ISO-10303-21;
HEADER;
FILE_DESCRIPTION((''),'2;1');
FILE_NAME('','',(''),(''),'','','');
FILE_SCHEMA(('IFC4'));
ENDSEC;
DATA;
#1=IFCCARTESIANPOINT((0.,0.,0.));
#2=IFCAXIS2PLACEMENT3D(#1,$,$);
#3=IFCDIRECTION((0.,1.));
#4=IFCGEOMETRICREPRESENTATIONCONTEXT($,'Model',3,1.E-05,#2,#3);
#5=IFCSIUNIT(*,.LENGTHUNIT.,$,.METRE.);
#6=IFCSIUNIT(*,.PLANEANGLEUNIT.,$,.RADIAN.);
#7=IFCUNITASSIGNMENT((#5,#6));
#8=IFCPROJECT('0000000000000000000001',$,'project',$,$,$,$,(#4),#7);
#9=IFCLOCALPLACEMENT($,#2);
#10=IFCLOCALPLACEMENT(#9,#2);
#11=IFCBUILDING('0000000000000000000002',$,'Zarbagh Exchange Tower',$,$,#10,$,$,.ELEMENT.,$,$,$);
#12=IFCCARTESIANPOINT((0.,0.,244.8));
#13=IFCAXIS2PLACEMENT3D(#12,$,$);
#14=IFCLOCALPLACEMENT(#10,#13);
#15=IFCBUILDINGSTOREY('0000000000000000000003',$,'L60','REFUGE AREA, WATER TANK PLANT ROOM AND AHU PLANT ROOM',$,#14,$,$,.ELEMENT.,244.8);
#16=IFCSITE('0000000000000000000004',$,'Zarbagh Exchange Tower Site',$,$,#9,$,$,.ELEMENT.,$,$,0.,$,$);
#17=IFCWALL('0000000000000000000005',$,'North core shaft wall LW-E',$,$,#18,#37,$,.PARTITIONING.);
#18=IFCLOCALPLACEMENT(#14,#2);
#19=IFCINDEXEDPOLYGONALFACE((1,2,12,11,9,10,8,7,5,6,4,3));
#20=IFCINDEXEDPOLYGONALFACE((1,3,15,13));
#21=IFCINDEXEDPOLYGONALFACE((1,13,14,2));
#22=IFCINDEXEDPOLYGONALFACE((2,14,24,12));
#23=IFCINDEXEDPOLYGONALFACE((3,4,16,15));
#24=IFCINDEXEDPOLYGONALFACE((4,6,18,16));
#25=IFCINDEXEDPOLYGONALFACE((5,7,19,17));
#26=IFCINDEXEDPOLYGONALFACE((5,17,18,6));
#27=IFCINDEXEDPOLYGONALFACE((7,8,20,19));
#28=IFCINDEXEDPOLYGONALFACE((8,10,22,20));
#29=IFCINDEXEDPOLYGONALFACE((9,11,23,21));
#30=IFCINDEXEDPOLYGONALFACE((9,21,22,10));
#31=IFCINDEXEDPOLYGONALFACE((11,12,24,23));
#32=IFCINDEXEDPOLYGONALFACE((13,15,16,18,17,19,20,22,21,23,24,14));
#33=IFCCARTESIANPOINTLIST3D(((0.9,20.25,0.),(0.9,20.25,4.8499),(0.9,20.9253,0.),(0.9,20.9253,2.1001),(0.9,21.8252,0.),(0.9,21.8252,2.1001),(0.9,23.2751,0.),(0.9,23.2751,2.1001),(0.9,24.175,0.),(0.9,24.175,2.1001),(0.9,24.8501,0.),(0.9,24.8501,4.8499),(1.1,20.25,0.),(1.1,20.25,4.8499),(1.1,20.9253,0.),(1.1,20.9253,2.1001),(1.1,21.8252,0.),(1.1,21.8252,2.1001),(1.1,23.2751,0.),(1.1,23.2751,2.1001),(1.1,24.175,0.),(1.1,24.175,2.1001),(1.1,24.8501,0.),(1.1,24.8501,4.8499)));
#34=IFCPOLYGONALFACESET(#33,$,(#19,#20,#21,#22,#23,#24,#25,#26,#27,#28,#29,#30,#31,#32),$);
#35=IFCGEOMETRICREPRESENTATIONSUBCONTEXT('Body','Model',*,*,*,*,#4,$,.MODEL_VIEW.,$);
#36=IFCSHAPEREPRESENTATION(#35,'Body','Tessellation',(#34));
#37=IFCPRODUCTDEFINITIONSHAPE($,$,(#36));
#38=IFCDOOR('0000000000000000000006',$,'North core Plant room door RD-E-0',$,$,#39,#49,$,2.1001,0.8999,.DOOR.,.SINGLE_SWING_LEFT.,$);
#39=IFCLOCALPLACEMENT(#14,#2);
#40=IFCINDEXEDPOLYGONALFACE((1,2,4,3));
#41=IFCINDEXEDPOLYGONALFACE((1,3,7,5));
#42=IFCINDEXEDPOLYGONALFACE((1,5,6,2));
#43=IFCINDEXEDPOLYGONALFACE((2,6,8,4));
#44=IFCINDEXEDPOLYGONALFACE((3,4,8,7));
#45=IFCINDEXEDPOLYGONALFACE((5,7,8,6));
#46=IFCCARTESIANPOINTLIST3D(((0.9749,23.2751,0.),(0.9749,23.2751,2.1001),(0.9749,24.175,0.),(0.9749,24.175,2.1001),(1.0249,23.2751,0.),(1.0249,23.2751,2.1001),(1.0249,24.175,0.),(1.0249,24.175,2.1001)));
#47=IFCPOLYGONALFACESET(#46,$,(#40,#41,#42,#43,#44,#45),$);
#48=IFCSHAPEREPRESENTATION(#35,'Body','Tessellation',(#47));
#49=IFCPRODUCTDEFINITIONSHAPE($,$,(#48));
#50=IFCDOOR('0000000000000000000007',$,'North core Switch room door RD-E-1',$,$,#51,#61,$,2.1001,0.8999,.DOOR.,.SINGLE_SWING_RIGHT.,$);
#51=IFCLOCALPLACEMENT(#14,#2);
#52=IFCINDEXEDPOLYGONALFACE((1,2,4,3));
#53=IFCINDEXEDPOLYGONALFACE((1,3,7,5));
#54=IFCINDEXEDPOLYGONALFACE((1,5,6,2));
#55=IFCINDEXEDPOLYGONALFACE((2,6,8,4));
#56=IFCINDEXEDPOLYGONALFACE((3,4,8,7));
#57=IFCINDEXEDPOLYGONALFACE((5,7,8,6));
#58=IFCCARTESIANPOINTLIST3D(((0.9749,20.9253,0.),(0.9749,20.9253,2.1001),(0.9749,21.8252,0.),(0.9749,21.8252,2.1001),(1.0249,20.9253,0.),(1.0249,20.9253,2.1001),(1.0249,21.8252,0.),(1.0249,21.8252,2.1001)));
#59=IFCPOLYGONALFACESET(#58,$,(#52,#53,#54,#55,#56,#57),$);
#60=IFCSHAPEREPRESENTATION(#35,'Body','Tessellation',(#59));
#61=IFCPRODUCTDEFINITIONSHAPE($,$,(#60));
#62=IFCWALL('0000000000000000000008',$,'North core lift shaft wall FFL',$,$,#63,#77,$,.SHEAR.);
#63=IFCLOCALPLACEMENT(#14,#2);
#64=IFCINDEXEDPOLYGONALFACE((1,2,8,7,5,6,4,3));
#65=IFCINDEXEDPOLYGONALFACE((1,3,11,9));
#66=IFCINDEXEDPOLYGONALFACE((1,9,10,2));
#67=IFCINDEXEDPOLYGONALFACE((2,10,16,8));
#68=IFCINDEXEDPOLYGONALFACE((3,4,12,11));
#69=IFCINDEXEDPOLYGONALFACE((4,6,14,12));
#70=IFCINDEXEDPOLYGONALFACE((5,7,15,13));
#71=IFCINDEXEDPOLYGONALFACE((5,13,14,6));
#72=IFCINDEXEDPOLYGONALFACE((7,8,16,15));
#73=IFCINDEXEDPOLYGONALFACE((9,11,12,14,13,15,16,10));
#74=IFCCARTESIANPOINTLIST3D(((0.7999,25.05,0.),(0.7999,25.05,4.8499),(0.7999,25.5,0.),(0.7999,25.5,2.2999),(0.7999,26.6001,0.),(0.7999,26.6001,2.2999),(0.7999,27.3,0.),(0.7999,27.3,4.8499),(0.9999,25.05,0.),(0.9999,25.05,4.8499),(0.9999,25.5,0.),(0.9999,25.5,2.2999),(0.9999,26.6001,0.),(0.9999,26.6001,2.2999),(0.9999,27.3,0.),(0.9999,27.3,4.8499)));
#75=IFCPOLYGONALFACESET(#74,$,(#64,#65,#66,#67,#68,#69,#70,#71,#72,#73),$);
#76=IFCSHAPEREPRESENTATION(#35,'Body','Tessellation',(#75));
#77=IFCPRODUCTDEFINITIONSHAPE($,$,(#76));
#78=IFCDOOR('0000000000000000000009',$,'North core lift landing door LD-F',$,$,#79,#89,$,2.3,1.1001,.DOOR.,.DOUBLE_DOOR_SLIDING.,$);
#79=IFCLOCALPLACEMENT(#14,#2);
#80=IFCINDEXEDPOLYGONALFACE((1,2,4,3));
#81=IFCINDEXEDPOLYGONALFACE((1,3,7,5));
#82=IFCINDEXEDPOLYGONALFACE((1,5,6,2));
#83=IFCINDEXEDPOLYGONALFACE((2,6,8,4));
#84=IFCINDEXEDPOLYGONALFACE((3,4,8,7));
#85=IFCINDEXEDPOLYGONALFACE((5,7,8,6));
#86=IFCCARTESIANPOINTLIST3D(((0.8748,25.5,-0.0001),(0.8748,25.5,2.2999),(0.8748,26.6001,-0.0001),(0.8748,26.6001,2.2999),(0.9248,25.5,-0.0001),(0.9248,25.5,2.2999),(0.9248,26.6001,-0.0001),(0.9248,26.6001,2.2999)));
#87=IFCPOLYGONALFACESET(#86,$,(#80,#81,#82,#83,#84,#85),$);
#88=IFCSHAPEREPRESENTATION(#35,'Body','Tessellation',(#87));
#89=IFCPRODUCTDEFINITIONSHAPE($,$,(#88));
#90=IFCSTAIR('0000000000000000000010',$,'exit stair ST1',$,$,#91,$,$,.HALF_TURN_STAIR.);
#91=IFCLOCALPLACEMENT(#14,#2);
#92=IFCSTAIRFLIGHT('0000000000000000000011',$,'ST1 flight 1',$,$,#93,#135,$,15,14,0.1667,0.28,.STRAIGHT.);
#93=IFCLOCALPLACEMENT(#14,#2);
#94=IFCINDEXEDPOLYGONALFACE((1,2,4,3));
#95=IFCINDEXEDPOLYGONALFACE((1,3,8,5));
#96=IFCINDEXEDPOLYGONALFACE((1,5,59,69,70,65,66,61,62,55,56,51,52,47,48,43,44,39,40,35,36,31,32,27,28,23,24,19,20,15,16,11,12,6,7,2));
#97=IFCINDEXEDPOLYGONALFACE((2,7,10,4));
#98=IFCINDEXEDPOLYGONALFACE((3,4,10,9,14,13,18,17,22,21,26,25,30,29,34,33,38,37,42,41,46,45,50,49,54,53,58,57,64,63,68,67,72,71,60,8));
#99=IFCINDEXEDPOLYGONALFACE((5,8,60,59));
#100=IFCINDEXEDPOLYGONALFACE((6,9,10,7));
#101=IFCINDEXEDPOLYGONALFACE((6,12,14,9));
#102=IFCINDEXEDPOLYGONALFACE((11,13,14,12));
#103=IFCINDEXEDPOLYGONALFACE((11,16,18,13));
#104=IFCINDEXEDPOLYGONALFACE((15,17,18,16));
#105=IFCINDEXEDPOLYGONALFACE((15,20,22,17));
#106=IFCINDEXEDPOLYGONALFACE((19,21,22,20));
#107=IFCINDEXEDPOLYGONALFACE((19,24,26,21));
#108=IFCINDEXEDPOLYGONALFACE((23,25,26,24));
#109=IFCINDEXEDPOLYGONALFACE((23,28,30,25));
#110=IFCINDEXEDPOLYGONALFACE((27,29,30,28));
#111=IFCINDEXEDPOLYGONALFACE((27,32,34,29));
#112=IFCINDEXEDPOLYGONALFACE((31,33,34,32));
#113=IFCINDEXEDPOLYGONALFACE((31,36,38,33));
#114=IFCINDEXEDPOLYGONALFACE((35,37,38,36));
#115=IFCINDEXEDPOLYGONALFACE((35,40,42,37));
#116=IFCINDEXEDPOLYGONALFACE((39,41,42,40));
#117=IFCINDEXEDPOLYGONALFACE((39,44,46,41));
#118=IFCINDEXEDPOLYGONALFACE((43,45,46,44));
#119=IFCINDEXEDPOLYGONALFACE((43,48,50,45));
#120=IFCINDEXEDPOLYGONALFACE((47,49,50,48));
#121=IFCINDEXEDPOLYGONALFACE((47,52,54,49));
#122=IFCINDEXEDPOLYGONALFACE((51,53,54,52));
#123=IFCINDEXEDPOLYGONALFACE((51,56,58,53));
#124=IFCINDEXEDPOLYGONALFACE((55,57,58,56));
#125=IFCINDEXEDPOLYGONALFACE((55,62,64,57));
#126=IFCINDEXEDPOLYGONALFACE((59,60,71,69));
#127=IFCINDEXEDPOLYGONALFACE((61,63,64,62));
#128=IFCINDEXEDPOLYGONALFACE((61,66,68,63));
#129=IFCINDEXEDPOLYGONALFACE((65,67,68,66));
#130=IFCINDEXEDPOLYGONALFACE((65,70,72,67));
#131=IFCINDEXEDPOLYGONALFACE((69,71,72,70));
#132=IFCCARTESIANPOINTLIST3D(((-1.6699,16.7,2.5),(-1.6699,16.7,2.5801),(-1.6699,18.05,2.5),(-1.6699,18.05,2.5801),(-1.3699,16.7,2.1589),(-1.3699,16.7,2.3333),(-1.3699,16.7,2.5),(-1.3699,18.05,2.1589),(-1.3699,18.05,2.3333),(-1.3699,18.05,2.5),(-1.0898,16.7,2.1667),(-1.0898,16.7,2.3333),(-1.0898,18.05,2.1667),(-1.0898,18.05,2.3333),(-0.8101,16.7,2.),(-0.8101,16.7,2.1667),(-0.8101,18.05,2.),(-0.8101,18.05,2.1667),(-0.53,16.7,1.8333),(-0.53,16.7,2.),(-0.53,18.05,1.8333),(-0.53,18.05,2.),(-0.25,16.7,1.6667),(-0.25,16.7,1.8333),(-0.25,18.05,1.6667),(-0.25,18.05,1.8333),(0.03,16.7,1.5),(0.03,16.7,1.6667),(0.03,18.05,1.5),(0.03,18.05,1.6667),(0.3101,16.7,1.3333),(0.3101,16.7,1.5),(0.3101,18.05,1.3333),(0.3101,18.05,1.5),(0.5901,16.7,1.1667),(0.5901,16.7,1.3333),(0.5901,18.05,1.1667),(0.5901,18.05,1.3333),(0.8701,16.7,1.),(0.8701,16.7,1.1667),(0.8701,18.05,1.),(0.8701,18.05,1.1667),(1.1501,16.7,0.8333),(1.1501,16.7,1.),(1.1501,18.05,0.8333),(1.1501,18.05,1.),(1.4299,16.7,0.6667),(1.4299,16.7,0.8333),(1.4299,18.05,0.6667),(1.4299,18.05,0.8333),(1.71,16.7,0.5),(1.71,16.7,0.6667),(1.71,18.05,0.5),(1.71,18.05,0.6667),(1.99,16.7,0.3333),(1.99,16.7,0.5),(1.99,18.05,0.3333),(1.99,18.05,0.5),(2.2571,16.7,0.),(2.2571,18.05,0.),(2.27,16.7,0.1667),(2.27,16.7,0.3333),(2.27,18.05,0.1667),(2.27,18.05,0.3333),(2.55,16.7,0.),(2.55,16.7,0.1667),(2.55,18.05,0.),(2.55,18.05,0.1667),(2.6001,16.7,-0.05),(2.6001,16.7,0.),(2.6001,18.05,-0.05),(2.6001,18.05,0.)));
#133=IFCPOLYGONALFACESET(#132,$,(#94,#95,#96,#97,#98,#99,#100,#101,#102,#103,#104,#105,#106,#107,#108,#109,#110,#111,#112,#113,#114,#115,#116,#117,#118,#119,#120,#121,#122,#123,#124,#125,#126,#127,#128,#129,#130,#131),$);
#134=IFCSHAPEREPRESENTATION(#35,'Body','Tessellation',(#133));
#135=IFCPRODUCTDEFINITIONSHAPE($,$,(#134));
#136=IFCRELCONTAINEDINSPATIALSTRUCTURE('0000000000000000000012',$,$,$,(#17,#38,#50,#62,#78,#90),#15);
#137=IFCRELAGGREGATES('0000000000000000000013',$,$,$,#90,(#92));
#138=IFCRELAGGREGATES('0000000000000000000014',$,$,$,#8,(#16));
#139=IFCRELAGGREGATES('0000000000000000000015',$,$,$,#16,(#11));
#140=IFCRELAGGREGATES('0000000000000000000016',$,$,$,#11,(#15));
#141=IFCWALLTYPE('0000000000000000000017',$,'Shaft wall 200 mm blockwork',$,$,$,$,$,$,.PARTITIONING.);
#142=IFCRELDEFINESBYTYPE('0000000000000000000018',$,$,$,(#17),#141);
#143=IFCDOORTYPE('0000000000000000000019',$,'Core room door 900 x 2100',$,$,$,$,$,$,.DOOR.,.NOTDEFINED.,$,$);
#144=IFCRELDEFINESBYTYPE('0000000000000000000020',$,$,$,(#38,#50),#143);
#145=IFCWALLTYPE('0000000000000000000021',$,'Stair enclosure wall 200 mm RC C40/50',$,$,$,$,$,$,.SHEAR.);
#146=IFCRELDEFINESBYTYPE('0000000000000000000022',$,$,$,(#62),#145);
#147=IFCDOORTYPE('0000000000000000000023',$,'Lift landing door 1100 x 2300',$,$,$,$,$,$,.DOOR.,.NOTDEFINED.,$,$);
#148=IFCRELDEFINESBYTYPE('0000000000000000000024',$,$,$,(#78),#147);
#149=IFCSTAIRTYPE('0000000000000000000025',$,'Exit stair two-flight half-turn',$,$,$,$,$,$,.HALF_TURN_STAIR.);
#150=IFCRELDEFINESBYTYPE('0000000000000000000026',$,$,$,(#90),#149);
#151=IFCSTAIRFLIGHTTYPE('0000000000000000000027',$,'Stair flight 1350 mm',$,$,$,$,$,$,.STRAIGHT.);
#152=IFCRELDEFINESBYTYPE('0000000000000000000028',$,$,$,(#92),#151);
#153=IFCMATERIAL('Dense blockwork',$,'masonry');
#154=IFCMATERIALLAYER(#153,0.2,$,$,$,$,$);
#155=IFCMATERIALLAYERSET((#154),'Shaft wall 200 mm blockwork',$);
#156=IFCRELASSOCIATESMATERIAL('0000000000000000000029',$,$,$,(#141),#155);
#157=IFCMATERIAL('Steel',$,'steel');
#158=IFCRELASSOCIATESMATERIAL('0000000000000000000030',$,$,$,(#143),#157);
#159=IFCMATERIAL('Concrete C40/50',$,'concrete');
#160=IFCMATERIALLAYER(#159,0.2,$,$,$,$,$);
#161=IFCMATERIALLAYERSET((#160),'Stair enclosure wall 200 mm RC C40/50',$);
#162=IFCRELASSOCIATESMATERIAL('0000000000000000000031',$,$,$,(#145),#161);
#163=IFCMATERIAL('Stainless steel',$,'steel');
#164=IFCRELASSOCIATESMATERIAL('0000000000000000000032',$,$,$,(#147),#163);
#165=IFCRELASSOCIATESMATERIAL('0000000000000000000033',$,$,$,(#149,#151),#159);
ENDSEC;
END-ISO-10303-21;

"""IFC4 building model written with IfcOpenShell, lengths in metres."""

from ifc_helpers import new_model, si_unit, direction, frame, frame_2d, origin, place, context, subcontext, project, spatial, polyline, rectangle, outline, extrude, material, layer, layer_set, type_object, element, fill, aggregate, save


model = new_model("IFC4")

# Units and contexts
model_context = context("Model", 3, precision=1e-05, world=origin(), true_north=direction((0.0, 1.0)))
body_context = subcontext(model_context, "Body", "Model", "MODEL_VIEW")
ifc_project = project(units=[si_unit("LENGTHUNIT", "METRE"), si_unit("PLANEANGLEUNIT", "RADIAN")], contexts=[model_context])

# Site, building, storey
site_placement = place(None, origin())
site = spatial("IfcSite", under=ifc_project, at=site_placement, Name="Zarbagh Exchange Tower Site", CompositionType="ELEMENT", RefElevation=0.0)
building_placement = place(site_placement, origin())
building = spatial("IfcBuilding", under=site, at=building_placement, Name="Zarbagh Exchange Tower", CompositionType="ELEMENT")
storey_placement = place(building_placement, frame((0.0, 0.0, 244.8)))
storey = spatial("IfcBuildingStorey", under=building, at=storey_placement, Name="L60", Description="REFUGE AREA, WATER TANK PLANT ROOM AND AHU PLANT ROOM", CompositionType="ELEMENT", Elevation=244.8)

# Shared definitions
ifc_material_1 = material(Name="Dense blockwork", Category="masonry")
ifc_layer_1 = layer(ifc_material_1, 0.2)
ifc_layer_set_1 = layer_set([ifc_layer_1], Name="Shaft wall 200 mm blockwork")
wall_type_1 = type_object("IfcWallType", Name="Shaft wall 200 mm blockwork", PredefinedType="PARTITIONING", material=ifc_layer_set_1)

# Wall, openings, doors
wall_1_placement = place(storey_placement, frame((1.0, 24.8501, 0.0), z_axis=(0.0, 0.0, 1.0), x_axis=(0.0, -1.0, 0.0)))
wall_1 = element("IfcWall", 1, at=wall_1_placement, inside=storey, type_object=wall_type_1, Name="North core shaft wall LW-E", PredefinedType="PARTITIONING", context=body_context, shape_type="SweptSolid", body=[
    extrude(rectangle(XDim=4.6001, YDim=0.2, at=frame_2d((2.3, 0.0))), origin(), (0.0, 0.0, 1.0), 4.8499),
])
opening_1_placement = place(wall_1_placement, frame((0.675, 0.0, 0.0)))
opening_1 = element("IfcOpeningElement", 2, at=opening_1_placement, cuts=wall_1, PredefinedType="OPENING", context=body_context, shape_type="SweptSolid", body=[
    extrude(rectangle(XDim=0.8999, YDim=2.1001, at=frame_2d((0.45, 1.05))), frame((0.0, 0.1099, 0.0), z_axis=(0.0, -1.0, 0.0), x_axis=(1.0, 0.0, 0.0)), (0.0, 0.0, 1.0), 0.22),
])
opening_2_placement = place(wall_1_placement, frame((3.0249, 0.0, 0.0)))
opening_2 = element("IfcOpeningElement", 3, at=opening_2_placement, cuts=wall_1, PredefinedType="OPENING", context=body_context, shape_type="SweptSolid", body=[
    extrude(rectangle(XDim=0.8999, YDim=2.1001, at=frame_2d((0.45, 1.05))), frame((0.0, 0.1099, 0.0), z_axis=(0.0, -1.0, 0.0), x_axis=(1.0, 0.0, 0.0)), (0.0, 0.0, 1.0), 0.22),
])
ifc_material_2 = material(Name="Steel", Category="steel")
door_type_1 = type_object("IfcDoorType", Name="Core room door 900 x 2100", OperationType="NOTDEFINED", PredefinedType="DOOR", material=ifc_material_2)
door_1_placement = place(opening_1_placement, origin())
door_1 = element("IfcDoor", 4, at=door_1_placement, inside=storey, type_object=door_type_1, Name="North core Plant room door RD-E-0", OperationType="SINGLE_SWING_LEFT", OverallHeight=2.1001, OverallWidth=0.8999, PredefinedType="DOOR", context=body_context, shape_type="SweptSolid", body=[
    extrude(rectangle(XDim=0.8999, YDim=2.1001, at=frame_2d((0.45, 1.05))), frame((0.0, 0.0249, 0.0), z_axis=(0.0, -1.0, 0.0), x_axis=(1.0, 0.0, 0.0)), (0.0, 0.0, 1.0), 0.05),
])
fill(opening_1, door_1)
door_2_placement = place(opening_2_placement, origin())
door_2 = element("IfcDoor", 5, at=door_2_placement, inside=storey, type_object=door_type_1, Name="North core Switch room door RD-E-1", OperationType="SINGLE_SWING_RIGHT", OverallHeight=2.1001, OverallWidth=0.8999, PredefinedType="DOOR", context=body_context, shape_type="SweptSolid", body=[
    extrude(rectangle(XDim=0.8999, YDim=2.1001, at=frame_2d((0.45, 1.05))), frame((0.0, 0.0249, 0.0), z_axis=(0.0, -1.0, 0.0), x_axis=(1.0, 0.0, 0.0)), (0.0, 0.0, 1.0), 0.05),
])
fill(opening_2, door_2)

# Wall, opening, door
ifc_material_3 = material(Name="Concrete C40/50", Category="concrete")
ifc_layer_2 = layer(ifc_material_3, 0.2)
ifc_layer_set_2 = layer_set([ifc_layer_2], Name="Stair enclosure wall 200 mm RC C40/50")
wall_type_2 = type_object("IfcWallType", Name="Stair enclosure wall 200 mm RC C40/50", PredefinedType="SHEAR", material=ifc_layer_set_2)
wall_2_placement = place(storey_placement, frame((0.8999, 27.3, 0.0), z_axis=(0.0, 0.0, 1.0), x_axis=(0.0, -1.0, 0.0)))
wall_2 = element("IfcWall", 6, at=wall_2_placement, inside=storey, type_object=wall_type_2, Name="North core lift shaft wall FFL", PredefinedType="SHEAR", context=body_context, shape_type="SweptSolid", body=[
    extrude(rectangle(XDim=2.25, YDim=0.2, at=frame_2d((1.125, 0.0))), origin(), (0.0, 0.0, 1.0), 4.8499),
])
opening_3_placement = place(wall_2_placement, frame((0.7, 0.0, 0.0)))
opening_3 = element("IfcOpeningElement", 7, at=opening_3_placement, cuts=wall_2, PredefinedType="OPENING", context=body_context, shape_type="SweptSolid", body=[
    extrude(rectangle(XDim=1.1001, YDim=2.3, at=frame_2d((0.55, 1.1499))), frame((0.0, 0.1099, 0.0), z_axis=(0.0, -1.0, 0.0), x_axis=(1.0, 0.0, 0.0)), (0.0, 0.0, 1.0), 0.22),
])
ifc_material_4 = material(Name="Stainless steel", Category="steel")
door_type_2 = type_object("IfcDoorType", Name="Lift landing door 1100 x 2300", OperationType="NOTDEFINED", PredefinedType="DOOR", material=ifc_material_4)
door_3_placement = place(opening_3_placement, origin())
door_3 = element("IfcDoor", 8, at=door_3_placement, inside=storey, type_object=door_type_2, Name="North core lift landing door LD-F", OperationType="DOUBLE_DOOR_SLIDING", OverallHeight=2.3, OverallWidth=1.1001, PredefinedType="DOOR", context=body_context, shape_type="SweptSolid", body=[
    extrude(rectangle(XDim=1.1001, YDim=2.3, at=frame_2d((0.55, 1.1499))), frame((0.0, 0.0249, 0.0), z_axis=(0.0, -1.0, 0.0), x_axis=(1.0, 0.0, 0.0)), (0.0, 0.0, 1.0), 0.05),
])
fill(opening_3, door_3)

# Stair, stair flight
stair_type = type_object("IfcStairType", Name="Exit stair two-flight half-turn", PredefinedType="HALF_TURN_STAIR", material=ifc_material_3)
stair_placement = place(storey_placement, origin())
stair = element("IfcStair", 9, at=stair_placement, inside=storey, type_object=stair_type, Name="exit stair ST1", PredefinedType="HALF_TURN_STAIR")
stair_flight_type = type_object("IfcStairFlightType", Name="Stair flight 1350 mm", PredefinedType="STRAIGHT", material=ifc_material_3)
stair_flight_placement = place(storey_placement, frame((2.55, 17.375, 0.0), z_axis=(0.0, 0.0, 1.0), x_axis=(-1.0, 0.0, 0.0)))
stair_flight = element("IfcStairFlight", 10, at=stair_flight_placement, type_object=stair_flight_type, Name="ST1 flight 1", NumberOfRisers=15, NumberOfTreads=14, PredefinedType="STRAIGHT", RiserHeight=0.1667, TreadLength=0.28, context=body_context, shape_type="SweptSolid", body=[
    extrude(outline(polyline([(-0.05, -0.05), (-0.05, 0.0), (0.0, 0.0), (0.0, 0.1667), (0.28, 0.1667), (0.28, 0.3333), (0.5601, 0.3333), (0.5601, 0.5), (0.8401, 0.5), (0.8401, 0.6667), (1.1201, 0.6667), (1.1201, 0.8333), (1.3999, 0.8333), (1.3999, 1.0), (1.6799, 1.0), (1.6799, 1.1667), (1.96, 1.1667), (1.96, 1.3333), (2.24, 1.3333), (2.24, 1.5), (2.52, 1.5), (2.52, 1.6667), (2.8, 1.6667), (2.8, 1.8333), (3.0801, 1.8333), (3.0801, 2.0), (3.3601, 2.0), (3.3601, 2.1667), (3.6399, 2.1667), (3.6399, 2.3333), (3.9199, 2.3333), (3.9199, 2.5), (4.22, 2.5801), (4.22, 2.5), (3.9199, 2.1589), (0.293, 0.0), (-0.05, -0.05)])), frame((0.0, 0.675, 0.0), z_axis=(0.0, -1.0, 0.0), x_axis=(1.0, 0.0, 0.0)), (0.0, 0.0, 1.0), 1.3501),
])
aggregate(stair, [stair_flight])

save(model, "model.ifc")
